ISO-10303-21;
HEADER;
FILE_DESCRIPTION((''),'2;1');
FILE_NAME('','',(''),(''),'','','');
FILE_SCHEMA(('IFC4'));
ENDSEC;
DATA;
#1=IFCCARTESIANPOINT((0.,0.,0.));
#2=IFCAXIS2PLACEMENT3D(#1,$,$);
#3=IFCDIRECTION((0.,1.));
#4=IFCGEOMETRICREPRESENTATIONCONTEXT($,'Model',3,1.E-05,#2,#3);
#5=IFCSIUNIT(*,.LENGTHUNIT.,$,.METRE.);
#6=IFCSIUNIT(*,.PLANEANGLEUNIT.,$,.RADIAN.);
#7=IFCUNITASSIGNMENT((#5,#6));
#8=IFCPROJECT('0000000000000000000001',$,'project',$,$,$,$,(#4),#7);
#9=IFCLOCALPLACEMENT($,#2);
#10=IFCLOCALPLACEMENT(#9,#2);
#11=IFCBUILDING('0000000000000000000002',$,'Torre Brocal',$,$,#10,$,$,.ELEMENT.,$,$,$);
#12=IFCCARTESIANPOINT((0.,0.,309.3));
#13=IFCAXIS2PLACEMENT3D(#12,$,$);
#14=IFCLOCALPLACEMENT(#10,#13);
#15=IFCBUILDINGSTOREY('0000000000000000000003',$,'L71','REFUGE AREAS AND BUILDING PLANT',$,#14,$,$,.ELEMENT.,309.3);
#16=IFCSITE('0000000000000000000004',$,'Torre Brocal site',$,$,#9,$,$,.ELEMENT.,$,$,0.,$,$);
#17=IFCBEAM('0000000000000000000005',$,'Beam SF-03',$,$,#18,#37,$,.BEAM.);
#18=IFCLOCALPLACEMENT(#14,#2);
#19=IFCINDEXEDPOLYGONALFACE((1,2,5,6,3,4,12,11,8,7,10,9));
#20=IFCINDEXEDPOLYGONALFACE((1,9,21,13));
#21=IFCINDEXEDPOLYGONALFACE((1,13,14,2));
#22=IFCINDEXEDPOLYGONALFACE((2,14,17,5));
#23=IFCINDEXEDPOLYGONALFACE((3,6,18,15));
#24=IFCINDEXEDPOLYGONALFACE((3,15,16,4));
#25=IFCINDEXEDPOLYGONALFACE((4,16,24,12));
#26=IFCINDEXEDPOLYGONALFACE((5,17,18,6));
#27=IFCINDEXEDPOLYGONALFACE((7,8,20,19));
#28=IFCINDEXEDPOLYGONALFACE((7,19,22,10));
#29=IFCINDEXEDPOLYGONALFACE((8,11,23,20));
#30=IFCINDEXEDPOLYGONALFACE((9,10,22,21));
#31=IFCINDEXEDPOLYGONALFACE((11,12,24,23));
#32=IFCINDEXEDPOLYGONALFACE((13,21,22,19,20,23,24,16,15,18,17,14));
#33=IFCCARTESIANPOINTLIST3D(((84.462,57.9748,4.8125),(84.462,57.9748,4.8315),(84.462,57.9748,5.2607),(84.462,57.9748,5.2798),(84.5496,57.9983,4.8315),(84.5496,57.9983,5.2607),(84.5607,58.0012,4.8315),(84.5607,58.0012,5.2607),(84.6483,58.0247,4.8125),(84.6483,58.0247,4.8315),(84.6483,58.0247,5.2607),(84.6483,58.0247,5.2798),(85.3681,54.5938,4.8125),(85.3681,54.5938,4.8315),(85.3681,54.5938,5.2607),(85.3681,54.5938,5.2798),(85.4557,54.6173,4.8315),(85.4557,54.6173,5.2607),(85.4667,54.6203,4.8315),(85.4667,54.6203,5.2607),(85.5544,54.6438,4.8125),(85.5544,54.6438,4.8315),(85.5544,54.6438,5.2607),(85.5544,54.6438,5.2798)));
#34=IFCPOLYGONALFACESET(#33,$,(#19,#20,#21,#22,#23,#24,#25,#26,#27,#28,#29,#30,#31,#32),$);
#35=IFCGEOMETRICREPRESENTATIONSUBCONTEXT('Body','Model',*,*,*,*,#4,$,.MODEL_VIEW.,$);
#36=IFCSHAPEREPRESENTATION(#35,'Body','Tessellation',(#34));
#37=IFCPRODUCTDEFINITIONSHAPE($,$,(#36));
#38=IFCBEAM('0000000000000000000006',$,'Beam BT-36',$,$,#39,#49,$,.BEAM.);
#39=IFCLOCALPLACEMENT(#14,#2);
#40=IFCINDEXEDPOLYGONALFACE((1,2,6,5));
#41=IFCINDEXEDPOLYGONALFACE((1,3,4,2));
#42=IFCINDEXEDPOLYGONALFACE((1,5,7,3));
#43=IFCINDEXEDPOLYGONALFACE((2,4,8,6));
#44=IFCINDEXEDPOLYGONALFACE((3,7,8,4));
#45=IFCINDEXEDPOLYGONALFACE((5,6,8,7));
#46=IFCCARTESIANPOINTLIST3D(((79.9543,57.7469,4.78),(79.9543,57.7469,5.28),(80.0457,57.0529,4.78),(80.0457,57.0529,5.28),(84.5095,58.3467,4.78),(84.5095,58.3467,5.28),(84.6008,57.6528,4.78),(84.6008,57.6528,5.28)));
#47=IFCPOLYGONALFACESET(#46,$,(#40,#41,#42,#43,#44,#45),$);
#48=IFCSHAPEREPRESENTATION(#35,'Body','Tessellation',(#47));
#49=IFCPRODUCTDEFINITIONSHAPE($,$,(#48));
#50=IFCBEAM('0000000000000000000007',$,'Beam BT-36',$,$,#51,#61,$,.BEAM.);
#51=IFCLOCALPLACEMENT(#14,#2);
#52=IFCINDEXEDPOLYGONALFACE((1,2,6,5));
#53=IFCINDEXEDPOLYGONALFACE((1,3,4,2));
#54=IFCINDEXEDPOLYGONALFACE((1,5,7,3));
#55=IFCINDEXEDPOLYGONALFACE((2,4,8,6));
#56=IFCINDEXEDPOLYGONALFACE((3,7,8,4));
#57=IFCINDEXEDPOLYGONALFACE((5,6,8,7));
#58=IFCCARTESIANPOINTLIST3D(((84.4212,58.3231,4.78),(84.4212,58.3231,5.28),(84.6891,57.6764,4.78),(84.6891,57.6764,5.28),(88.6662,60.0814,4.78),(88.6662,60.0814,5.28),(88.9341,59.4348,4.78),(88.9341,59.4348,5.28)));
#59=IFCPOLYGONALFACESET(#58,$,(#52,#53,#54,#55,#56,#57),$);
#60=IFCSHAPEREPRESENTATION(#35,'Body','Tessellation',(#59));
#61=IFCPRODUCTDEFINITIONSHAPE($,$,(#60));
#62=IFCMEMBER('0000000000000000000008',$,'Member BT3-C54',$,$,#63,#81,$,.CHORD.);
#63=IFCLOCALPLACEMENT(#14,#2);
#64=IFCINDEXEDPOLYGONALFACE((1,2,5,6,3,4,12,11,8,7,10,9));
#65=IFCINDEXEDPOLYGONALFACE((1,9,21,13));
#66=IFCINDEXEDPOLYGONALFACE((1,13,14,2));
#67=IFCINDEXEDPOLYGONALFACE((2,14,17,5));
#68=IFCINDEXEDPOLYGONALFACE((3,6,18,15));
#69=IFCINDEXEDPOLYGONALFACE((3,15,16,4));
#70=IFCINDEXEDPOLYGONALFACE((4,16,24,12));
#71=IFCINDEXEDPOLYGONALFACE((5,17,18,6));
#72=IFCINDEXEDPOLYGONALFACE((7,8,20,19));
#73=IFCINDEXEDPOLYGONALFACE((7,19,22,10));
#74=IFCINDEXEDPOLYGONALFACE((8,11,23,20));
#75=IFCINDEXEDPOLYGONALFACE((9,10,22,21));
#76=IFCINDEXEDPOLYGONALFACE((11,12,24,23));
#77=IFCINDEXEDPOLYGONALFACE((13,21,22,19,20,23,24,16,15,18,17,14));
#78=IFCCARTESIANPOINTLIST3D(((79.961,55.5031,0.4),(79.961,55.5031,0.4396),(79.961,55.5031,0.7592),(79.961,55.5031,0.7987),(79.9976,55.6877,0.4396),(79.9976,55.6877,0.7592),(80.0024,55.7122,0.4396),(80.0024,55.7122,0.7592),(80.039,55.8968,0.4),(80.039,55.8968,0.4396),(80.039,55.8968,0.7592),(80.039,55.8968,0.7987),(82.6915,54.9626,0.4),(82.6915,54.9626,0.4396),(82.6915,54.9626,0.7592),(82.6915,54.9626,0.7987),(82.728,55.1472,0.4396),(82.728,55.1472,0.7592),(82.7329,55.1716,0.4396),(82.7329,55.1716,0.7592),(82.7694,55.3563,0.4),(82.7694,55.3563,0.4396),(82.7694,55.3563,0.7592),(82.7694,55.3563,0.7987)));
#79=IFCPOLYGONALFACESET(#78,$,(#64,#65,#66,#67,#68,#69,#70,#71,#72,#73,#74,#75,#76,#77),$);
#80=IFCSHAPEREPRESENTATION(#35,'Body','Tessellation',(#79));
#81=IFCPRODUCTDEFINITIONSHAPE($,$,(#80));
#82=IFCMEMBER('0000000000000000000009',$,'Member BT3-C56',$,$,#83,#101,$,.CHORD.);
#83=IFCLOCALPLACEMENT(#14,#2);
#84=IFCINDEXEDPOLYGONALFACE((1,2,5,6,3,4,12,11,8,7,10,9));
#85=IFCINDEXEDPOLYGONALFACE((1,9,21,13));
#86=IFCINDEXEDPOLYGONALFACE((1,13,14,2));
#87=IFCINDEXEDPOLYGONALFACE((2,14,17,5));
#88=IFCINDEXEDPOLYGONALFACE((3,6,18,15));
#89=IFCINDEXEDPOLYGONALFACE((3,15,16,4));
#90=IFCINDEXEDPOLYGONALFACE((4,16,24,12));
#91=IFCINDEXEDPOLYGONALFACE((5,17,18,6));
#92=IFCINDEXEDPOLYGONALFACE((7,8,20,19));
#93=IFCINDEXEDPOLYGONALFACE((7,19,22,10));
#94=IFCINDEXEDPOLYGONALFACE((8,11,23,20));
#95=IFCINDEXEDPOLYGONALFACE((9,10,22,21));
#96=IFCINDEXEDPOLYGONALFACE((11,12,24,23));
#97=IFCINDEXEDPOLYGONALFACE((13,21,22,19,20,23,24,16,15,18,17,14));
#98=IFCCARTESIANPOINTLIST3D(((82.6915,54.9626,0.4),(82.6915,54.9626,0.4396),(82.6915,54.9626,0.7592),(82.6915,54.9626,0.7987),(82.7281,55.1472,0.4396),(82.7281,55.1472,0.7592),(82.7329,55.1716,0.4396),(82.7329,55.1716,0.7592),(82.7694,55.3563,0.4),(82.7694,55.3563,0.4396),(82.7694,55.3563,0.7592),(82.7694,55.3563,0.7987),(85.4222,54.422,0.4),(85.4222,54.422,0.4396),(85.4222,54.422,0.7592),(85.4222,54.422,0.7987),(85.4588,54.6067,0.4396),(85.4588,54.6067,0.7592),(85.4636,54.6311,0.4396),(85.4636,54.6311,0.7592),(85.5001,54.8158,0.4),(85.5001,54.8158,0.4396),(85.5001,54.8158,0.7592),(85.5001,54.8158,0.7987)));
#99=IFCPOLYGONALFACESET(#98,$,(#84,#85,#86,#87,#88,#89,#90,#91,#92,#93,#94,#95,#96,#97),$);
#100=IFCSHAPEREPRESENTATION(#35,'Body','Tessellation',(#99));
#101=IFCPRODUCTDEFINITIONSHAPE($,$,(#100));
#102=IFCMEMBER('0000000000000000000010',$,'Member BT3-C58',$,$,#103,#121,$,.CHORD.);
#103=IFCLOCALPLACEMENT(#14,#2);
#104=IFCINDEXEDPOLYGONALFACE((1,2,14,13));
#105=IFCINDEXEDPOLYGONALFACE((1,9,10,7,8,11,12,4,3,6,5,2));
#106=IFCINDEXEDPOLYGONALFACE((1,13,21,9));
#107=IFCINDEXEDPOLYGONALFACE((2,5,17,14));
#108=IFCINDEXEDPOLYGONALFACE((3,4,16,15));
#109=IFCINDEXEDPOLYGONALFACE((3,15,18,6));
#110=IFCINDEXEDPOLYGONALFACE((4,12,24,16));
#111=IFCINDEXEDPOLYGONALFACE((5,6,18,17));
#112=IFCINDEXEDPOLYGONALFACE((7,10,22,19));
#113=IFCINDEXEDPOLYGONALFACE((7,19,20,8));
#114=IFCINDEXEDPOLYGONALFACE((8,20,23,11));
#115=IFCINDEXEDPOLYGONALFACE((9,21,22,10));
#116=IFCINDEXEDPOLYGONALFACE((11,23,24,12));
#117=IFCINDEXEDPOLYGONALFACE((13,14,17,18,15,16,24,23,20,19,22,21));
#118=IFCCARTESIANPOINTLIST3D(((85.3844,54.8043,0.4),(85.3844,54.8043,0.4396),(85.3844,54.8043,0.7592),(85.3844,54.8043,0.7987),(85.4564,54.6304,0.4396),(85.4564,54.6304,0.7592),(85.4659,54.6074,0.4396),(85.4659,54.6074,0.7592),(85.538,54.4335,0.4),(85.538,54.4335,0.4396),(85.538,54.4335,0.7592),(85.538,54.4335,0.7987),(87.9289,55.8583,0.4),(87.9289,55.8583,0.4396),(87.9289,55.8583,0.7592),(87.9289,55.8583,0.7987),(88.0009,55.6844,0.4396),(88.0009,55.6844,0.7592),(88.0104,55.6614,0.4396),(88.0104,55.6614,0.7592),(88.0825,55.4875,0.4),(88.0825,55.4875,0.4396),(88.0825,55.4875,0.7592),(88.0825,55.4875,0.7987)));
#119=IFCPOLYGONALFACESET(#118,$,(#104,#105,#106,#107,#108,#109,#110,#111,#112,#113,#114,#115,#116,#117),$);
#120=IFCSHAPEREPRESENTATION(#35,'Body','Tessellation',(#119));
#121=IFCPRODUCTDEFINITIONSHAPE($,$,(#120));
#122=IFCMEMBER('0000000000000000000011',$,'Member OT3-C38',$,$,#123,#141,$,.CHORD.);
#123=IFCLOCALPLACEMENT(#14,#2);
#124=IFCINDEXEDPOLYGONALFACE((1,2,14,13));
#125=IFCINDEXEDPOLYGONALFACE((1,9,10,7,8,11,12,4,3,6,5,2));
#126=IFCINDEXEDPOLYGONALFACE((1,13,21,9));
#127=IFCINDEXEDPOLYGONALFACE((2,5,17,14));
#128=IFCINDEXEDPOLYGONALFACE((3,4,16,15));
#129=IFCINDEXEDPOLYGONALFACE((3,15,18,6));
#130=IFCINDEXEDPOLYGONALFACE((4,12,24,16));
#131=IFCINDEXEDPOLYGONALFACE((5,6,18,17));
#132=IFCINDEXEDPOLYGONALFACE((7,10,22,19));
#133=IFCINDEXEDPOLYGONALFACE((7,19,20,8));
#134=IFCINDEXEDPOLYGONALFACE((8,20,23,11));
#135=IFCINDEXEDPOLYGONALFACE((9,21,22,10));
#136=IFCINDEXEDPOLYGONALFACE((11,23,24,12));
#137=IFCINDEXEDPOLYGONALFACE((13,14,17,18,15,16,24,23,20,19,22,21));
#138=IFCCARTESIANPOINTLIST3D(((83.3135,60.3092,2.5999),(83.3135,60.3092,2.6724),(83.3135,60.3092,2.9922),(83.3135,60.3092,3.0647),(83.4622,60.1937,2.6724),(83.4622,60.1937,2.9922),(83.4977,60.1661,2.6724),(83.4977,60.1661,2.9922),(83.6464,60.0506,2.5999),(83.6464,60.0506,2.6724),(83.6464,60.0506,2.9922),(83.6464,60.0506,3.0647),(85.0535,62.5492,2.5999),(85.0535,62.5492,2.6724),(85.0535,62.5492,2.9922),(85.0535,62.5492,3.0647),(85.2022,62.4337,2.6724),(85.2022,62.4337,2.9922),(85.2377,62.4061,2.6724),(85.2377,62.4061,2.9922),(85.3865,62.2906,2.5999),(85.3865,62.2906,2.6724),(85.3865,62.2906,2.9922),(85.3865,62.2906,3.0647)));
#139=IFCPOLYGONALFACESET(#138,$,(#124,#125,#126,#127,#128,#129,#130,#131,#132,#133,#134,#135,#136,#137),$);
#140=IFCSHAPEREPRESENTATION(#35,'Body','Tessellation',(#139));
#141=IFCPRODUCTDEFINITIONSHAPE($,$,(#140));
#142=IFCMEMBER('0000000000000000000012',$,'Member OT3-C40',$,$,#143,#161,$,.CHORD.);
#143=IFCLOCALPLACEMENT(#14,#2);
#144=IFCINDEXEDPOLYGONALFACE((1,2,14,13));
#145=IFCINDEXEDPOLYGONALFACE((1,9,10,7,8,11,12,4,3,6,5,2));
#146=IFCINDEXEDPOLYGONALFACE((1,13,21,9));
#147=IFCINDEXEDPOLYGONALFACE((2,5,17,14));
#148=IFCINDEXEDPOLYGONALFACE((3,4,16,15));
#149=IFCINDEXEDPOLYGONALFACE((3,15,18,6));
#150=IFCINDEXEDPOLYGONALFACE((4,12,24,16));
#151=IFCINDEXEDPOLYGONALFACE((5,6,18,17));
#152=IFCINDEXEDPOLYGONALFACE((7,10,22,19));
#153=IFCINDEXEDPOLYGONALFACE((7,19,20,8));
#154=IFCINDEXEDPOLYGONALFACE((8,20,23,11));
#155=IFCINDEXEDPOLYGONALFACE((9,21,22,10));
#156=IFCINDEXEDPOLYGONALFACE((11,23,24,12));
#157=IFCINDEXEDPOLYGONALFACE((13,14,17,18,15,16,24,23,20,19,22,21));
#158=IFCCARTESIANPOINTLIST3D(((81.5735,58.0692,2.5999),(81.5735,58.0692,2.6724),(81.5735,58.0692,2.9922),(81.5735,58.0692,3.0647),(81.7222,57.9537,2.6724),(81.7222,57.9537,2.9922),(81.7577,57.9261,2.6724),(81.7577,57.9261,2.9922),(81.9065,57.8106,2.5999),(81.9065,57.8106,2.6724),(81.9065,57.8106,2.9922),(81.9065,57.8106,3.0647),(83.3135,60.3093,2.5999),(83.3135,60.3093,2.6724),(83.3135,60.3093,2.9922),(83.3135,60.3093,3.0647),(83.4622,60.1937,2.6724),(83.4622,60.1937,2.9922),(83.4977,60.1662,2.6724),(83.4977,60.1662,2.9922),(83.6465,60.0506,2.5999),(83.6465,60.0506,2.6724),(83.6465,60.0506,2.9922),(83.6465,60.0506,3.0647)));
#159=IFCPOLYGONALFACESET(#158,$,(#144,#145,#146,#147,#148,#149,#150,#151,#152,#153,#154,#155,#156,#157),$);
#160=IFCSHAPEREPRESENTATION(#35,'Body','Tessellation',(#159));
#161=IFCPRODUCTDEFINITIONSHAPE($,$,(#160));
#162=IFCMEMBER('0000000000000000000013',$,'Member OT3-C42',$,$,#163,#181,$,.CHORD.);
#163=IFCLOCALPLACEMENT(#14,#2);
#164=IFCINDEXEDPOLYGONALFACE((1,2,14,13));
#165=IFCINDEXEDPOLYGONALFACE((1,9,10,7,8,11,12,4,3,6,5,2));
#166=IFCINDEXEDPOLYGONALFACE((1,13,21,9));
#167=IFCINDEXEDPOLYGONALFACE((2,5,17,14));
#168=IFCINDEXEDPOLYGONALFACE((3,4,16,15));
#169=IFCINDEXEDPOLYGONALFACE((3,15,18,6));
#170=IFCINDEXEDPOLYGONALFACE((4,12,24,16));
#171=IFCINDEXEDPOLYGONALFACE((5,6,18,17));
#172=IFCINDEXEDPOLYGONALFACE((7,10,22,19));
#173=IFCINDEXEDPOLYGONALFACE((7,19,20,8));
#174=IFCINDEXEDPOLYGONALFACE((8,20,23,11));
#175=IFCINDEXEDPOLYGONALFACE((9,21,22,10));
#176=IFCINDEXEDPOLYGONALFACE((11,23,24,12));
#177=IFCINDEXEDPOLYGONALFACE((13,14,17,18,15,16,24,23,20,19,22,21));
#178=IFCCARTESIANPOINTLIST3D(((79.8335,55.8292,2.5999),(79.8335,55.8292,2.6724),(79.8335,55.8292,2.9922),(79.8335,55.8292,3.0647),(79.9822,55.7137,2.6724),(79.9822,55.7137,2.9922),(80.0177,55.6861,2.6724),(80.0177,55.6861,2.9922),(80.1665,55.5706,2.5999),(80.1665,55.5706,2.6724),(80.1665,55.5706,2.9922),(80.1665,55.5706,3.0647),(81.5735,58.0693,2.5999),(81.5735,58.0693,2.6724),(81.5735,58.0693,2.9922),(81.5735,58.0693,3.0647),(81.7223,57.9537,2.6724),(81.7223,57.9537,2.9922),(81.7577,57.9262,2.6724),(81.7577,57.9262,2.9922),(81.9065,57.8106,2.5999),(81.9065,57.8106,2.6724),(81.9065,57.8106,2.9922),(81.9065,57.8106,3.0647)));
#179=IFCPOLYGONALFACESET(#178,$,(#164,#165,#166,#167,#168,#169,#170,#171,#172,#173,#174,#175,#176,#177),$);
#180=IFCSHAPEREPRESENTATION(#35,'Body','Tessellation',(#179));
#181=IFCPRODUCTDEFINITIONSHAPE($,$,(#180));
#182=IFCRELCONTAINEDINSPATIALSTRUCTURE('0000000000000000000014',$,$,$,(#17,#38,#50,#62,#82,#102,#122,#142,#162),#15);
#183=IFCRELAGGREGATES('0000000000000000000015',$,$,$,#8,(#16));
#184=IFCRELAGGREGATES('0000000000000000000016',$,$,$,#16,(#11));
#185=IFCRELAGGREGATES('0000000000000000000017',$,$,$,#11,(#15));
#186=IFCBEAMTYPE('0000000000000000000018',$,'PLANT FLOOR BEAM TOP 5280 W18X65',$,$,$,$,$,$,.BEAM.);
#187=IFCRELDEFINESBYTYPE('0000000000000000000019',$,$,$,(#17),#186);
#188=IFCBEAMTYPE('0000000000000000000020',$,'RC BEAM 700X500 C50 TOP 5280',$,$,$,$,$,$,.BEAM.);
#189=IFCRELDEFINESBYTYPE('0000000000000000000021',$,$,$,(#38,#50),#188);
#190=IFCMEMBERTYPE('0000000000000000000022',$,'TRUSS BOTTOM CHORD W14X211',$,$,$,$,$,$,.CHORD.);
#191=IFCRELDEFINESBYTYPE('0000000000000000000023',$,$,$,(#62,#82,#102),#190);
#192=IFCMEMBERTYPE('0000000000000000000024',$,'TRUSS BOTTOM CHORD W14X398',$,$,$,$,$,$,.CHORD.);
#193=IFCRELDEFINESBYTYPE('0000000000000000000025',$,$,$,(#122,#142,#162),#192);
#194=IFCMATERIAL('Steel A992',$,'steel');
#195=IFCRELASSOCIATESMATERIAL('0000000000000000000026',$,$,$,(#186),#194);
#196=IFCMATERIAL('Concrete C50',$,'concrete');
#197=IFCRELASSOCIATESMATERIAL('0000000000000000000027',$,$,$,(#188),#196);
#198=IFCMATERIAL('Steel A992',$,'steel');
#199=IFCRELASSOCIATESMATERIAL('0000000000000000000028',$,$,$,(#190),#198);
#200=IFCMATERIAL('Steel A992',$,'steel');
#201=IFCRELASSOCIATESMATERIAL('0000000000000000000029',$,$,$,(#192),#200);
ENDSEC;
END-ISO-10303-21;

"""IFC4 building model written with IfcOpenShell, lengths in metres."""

from ifc_helpers import new_model, si_unit, direction, frame, origin, origin_2d, place, context, subcontext, project, spatial, rectangle, i_section, extrude, material, material_profile, profile_set, type_object, element, save


model = new_model("IFC4")

# Units and contexts
model_context = context("Model", 3, precision=1e-05, world=origin(), true_north=direction((0.0, 1.0)))
body_context = subcontext(model_context, "Body", "Model", "MODEL_VIEW")
ifc_project = project(units=[si_unit("LENGTHUNIT", "METRE"), si_unit("PLANEANGLEUNIT", "RADIAN")], contexts=[model_context])

# Site, building, storey
site_placement = place(None, origin())
site = spatial("IfcSite", under=ifc_project, at=site_placement, Name="Torre Brocal site", CompositionType="ELEMENT", RefElevation=0.0)
building_placement = place(site_placement, origin())
building = spatial("IfcBuilding", under=site, at=building_placement, Name="Torre Brocal", CompositionType="ELEMENT")
storey_placement = place(building_placement, frame((0.0, 0.0, 309.3)))
storey = spatial("IfcBuildingStorey", under=building, at=storey_placement, Name="L71", Description="REFUGE AREAS AND BUILDING PLANT", CompositionType="ELEMENT", Elevation=309.3)

# Beams
ifc_material_1 = material(Name="Steel A992", Category="steel")
ifc_material_profile_1 = material_profile(ifc_material_1, i_section(OverallWidth=0.1929, OverallDepth=0.4673, WebThickness=0.0115, FlangeThickness=0.019, at=origin_2d()), Name="W18X65")
ifc_profile_set_1 = profile_set([ifc_material_profile_1], Name="Steel A992")
beam_type_1 = type_object("IfcBeamType", Name="PLANT FLOOR BEAM TOP 5280 W18X65", PredefinedType="BEAM", material=ifc_profile_set_1)
beam_1_placement = place(storey_placement, frame((84.5552, 57.9998, 5.0461), z_axis=(0.258848, -0.965918, 0.0), x_axis=(0.965918, 0.258848, 0.0)))
element("IfcBeam", 1, at=beam_1_placement, inside=storey, type_object=beam_type_1, Name="Beam SF-03", PredefinedType="BEAM", context=body_context, shape_type="SweptSolid", body=[
    extrude(i_section(OverallWidth=0.1929, OverallDepth=0.4673, WebThickness=0.0115, FlangeThickness=0.019, at=origin_2d()), origin(), (0.0, 0.0, 1.0), 3.5002),
])
ifc_material_2 = material(Name="Concrete C50", Category="concrete")
ifc_material_profile_2 = material_profile(ifc_material_2, rectangle(XDim=0.7, YDim=0.5, at=origin_2d()), Name="RC 700X500")
ifc_profile_set_2 = profile_set([ifc_material_profile_2], Name="Concrete C50")
beam_type_2 = type_object("IfcBeamType", Name="RC BEAM 700X500 C50 TOP 5280", PredefinedType="BEAM", material=ifc_profile_set_2)
beam_2_placement = place(storey_placement, frame((80.0, 57.3999, 5.03), z_axis=(0.991441, 0.130559, 0.0), x_axis=(-0.130559, 0.991441, 0.0)))
element("IfcBeam", 2, at=beam_2_placement, inside=storey, type_object=beam_type_2, Name="Beam BT-36", PredefinedType="BEAM", context=body_context, shape_type="SweptSolid", body=[
    extrude(rectangle(XDim=0.7, YDim=0.5, at=origin_2d()), origin(), (0.0, 0.0, 1.0), 4.5945),
])
beam_3_placement = place(storey_placement, frame((84.5552, 57.9998, 5.03), z_axis=(0.923878, 0.382687, 0.0), x_axis=(-0.382687, 0.923878, 0.0)))
element("IfcBeam", 3, at=beam_3_placement, inside=storey, type_object=beam_type_2, Name="Beam BT-36", PredefinedType="BEAM", context=body_context, shape_type="SweptSolid", body=[
    extrude(rectangle(XDim=0.7, YDim=0.5, at=origin_2d()), origin(), (0.0, 0.0, 1.0), 4.5947),
])

# Members
ifc_material_3 = material(Name="Steel A992", Category="steel")
ifc_material_profile_3 = material_profile(ifc_material_3, i_section(OverallWidth=0.4014, OverallDepth=0.3987, WebThickness=0.0249, FlangeThickness=0.0396, at=origin_2d()), Name="W14X211")
ifc_profile_set_3 = profile_set([ifc_material_profile_3], Name="Steel A992")
member_type_1 = type_object("IfcMemberType", Name="TRUSS BOTTOM CHORD W14X211", PredefinedType="CHORD", material=ifc_profile_set_3)
member_1_placement = place(storey_placement, frame((80.0, 55.7, 0.5994), z_axis=(0.980963, -0.194193, 0.0), x_axis=(0.194193, 0.980963, 0.0)))
element("IfcMember", 4, at=member_1_placement, inside=storey, type_object=member_type_1, Name="Member BT3-C54", PredefinedType="CHORD", context=body_context, shape_type="SweptSolid", body=[
    extrude(i_section(OverallWidth=0.4014, OverallDepth=0.3987, WebThickness=0.0249, FlangeThickness=0.0396, at=origin_2d()), origin(), (0.0, 0.0, 1.0), 2.7834),
])
member_2_placement = place(storey_placement, frame((82.7305, 55.1594, 0.5994), z_axis=(0.980967, -0.194176, 0.0), x_axis=(0.194176, 0.980967, 0.0)))
element("IfcMember", 5, at=member_2_placement, inside=storey, type_object=member_type_1, Name="Member BT3-C56", PredefinedType="CHORD", context=body_context, shape_type="SweptSolid", body=[
    extrude(i_section(OverallWidth=0.4014, OverallDepth=0.3987, WebThickness=0.0249, FlangeThickness=0.0396, at=origin_2d()), origin(), (0.0, 0.0, 1.0), 2.7837),
])
member_3_placement = place(storey_placement, frame((85.4612, 54.6189, 0.5994), z_axis=(0.923877, 0.382688, 0.0), x_axis=(-0.382688, 0.923877, 0.0)))
element("IfcMember", 6, at=member_3_placement, inside=storey, type_object=member_type_1, Name="Member BT3-C58", PredefinedType="CHORD", context=body_context, shape_type="SweptSolid", body=[
    extrude(i_section(OverallWidth=0.4014, OverallDepth=0.3987, WebThickness=0.0249, FlangeThickness=0.0396, at=origin_2d()), origin(), (0.0, 0.0, 1.0), 2.7542),
])
ifc_material_4 = material(Name="Steel A992", Category="steel")
ifc_material_profile_4 = material_profile(ifc_material_4, i_section(OverallWidth=0.4216, OverallDepth=0.4648, WebThickness=0.0449, FlangeThickness=0.0725, at=origin_2d()), Name="W14X398")
ifc_profile_set_4 = profile_set([ifc_material_profile_4], Name="Steel A992")
member_type_2 = type_object("IfcMemberType", Name="TRUSS BOTTOM CHORD W14X398", PredefinedType="CHORD", material=ifc_profile_set_4)
for number, where, z_axis, x_axis, name in (
    (7, (85.22, 62.4199, 2.8323), (-0.613452, -0.789732, 0.0), (0.789732, -0.613452, 0.0), "Member OT3-C38"),
    (8, (83.48, 60.1799, 2.8323), (-0.613452, -0.789732, 0.0), (0.789732, -0.613452, 0.0), "Member OT3-C40"),
    (9, (81.74, 57.9399, 2.8323), (-0.613452, -0.789732, 0.0), (0.789732, -0.613452, 0.0), "Member OT3-C42"),
):
    element("IfcMember", number, at=place(storey_placement, frame(where, z_axis=z_axis, x_axis=x_axis)), inside=storey, type_object=member_type_2, Name=name, PredefinedType="CHORD", context=body_context, shape_type="SweptSolid", body=[
        extrude(i_section(OverallWidth=0.4216, OverallDepth=0.4648, WebThickness=0.0449, FlangeThickness=0.0725, at=origin_2d()), origin(), (0.0, 0.0, 1.0), 2.8364),
    ])

save(model, "model.ifc")
